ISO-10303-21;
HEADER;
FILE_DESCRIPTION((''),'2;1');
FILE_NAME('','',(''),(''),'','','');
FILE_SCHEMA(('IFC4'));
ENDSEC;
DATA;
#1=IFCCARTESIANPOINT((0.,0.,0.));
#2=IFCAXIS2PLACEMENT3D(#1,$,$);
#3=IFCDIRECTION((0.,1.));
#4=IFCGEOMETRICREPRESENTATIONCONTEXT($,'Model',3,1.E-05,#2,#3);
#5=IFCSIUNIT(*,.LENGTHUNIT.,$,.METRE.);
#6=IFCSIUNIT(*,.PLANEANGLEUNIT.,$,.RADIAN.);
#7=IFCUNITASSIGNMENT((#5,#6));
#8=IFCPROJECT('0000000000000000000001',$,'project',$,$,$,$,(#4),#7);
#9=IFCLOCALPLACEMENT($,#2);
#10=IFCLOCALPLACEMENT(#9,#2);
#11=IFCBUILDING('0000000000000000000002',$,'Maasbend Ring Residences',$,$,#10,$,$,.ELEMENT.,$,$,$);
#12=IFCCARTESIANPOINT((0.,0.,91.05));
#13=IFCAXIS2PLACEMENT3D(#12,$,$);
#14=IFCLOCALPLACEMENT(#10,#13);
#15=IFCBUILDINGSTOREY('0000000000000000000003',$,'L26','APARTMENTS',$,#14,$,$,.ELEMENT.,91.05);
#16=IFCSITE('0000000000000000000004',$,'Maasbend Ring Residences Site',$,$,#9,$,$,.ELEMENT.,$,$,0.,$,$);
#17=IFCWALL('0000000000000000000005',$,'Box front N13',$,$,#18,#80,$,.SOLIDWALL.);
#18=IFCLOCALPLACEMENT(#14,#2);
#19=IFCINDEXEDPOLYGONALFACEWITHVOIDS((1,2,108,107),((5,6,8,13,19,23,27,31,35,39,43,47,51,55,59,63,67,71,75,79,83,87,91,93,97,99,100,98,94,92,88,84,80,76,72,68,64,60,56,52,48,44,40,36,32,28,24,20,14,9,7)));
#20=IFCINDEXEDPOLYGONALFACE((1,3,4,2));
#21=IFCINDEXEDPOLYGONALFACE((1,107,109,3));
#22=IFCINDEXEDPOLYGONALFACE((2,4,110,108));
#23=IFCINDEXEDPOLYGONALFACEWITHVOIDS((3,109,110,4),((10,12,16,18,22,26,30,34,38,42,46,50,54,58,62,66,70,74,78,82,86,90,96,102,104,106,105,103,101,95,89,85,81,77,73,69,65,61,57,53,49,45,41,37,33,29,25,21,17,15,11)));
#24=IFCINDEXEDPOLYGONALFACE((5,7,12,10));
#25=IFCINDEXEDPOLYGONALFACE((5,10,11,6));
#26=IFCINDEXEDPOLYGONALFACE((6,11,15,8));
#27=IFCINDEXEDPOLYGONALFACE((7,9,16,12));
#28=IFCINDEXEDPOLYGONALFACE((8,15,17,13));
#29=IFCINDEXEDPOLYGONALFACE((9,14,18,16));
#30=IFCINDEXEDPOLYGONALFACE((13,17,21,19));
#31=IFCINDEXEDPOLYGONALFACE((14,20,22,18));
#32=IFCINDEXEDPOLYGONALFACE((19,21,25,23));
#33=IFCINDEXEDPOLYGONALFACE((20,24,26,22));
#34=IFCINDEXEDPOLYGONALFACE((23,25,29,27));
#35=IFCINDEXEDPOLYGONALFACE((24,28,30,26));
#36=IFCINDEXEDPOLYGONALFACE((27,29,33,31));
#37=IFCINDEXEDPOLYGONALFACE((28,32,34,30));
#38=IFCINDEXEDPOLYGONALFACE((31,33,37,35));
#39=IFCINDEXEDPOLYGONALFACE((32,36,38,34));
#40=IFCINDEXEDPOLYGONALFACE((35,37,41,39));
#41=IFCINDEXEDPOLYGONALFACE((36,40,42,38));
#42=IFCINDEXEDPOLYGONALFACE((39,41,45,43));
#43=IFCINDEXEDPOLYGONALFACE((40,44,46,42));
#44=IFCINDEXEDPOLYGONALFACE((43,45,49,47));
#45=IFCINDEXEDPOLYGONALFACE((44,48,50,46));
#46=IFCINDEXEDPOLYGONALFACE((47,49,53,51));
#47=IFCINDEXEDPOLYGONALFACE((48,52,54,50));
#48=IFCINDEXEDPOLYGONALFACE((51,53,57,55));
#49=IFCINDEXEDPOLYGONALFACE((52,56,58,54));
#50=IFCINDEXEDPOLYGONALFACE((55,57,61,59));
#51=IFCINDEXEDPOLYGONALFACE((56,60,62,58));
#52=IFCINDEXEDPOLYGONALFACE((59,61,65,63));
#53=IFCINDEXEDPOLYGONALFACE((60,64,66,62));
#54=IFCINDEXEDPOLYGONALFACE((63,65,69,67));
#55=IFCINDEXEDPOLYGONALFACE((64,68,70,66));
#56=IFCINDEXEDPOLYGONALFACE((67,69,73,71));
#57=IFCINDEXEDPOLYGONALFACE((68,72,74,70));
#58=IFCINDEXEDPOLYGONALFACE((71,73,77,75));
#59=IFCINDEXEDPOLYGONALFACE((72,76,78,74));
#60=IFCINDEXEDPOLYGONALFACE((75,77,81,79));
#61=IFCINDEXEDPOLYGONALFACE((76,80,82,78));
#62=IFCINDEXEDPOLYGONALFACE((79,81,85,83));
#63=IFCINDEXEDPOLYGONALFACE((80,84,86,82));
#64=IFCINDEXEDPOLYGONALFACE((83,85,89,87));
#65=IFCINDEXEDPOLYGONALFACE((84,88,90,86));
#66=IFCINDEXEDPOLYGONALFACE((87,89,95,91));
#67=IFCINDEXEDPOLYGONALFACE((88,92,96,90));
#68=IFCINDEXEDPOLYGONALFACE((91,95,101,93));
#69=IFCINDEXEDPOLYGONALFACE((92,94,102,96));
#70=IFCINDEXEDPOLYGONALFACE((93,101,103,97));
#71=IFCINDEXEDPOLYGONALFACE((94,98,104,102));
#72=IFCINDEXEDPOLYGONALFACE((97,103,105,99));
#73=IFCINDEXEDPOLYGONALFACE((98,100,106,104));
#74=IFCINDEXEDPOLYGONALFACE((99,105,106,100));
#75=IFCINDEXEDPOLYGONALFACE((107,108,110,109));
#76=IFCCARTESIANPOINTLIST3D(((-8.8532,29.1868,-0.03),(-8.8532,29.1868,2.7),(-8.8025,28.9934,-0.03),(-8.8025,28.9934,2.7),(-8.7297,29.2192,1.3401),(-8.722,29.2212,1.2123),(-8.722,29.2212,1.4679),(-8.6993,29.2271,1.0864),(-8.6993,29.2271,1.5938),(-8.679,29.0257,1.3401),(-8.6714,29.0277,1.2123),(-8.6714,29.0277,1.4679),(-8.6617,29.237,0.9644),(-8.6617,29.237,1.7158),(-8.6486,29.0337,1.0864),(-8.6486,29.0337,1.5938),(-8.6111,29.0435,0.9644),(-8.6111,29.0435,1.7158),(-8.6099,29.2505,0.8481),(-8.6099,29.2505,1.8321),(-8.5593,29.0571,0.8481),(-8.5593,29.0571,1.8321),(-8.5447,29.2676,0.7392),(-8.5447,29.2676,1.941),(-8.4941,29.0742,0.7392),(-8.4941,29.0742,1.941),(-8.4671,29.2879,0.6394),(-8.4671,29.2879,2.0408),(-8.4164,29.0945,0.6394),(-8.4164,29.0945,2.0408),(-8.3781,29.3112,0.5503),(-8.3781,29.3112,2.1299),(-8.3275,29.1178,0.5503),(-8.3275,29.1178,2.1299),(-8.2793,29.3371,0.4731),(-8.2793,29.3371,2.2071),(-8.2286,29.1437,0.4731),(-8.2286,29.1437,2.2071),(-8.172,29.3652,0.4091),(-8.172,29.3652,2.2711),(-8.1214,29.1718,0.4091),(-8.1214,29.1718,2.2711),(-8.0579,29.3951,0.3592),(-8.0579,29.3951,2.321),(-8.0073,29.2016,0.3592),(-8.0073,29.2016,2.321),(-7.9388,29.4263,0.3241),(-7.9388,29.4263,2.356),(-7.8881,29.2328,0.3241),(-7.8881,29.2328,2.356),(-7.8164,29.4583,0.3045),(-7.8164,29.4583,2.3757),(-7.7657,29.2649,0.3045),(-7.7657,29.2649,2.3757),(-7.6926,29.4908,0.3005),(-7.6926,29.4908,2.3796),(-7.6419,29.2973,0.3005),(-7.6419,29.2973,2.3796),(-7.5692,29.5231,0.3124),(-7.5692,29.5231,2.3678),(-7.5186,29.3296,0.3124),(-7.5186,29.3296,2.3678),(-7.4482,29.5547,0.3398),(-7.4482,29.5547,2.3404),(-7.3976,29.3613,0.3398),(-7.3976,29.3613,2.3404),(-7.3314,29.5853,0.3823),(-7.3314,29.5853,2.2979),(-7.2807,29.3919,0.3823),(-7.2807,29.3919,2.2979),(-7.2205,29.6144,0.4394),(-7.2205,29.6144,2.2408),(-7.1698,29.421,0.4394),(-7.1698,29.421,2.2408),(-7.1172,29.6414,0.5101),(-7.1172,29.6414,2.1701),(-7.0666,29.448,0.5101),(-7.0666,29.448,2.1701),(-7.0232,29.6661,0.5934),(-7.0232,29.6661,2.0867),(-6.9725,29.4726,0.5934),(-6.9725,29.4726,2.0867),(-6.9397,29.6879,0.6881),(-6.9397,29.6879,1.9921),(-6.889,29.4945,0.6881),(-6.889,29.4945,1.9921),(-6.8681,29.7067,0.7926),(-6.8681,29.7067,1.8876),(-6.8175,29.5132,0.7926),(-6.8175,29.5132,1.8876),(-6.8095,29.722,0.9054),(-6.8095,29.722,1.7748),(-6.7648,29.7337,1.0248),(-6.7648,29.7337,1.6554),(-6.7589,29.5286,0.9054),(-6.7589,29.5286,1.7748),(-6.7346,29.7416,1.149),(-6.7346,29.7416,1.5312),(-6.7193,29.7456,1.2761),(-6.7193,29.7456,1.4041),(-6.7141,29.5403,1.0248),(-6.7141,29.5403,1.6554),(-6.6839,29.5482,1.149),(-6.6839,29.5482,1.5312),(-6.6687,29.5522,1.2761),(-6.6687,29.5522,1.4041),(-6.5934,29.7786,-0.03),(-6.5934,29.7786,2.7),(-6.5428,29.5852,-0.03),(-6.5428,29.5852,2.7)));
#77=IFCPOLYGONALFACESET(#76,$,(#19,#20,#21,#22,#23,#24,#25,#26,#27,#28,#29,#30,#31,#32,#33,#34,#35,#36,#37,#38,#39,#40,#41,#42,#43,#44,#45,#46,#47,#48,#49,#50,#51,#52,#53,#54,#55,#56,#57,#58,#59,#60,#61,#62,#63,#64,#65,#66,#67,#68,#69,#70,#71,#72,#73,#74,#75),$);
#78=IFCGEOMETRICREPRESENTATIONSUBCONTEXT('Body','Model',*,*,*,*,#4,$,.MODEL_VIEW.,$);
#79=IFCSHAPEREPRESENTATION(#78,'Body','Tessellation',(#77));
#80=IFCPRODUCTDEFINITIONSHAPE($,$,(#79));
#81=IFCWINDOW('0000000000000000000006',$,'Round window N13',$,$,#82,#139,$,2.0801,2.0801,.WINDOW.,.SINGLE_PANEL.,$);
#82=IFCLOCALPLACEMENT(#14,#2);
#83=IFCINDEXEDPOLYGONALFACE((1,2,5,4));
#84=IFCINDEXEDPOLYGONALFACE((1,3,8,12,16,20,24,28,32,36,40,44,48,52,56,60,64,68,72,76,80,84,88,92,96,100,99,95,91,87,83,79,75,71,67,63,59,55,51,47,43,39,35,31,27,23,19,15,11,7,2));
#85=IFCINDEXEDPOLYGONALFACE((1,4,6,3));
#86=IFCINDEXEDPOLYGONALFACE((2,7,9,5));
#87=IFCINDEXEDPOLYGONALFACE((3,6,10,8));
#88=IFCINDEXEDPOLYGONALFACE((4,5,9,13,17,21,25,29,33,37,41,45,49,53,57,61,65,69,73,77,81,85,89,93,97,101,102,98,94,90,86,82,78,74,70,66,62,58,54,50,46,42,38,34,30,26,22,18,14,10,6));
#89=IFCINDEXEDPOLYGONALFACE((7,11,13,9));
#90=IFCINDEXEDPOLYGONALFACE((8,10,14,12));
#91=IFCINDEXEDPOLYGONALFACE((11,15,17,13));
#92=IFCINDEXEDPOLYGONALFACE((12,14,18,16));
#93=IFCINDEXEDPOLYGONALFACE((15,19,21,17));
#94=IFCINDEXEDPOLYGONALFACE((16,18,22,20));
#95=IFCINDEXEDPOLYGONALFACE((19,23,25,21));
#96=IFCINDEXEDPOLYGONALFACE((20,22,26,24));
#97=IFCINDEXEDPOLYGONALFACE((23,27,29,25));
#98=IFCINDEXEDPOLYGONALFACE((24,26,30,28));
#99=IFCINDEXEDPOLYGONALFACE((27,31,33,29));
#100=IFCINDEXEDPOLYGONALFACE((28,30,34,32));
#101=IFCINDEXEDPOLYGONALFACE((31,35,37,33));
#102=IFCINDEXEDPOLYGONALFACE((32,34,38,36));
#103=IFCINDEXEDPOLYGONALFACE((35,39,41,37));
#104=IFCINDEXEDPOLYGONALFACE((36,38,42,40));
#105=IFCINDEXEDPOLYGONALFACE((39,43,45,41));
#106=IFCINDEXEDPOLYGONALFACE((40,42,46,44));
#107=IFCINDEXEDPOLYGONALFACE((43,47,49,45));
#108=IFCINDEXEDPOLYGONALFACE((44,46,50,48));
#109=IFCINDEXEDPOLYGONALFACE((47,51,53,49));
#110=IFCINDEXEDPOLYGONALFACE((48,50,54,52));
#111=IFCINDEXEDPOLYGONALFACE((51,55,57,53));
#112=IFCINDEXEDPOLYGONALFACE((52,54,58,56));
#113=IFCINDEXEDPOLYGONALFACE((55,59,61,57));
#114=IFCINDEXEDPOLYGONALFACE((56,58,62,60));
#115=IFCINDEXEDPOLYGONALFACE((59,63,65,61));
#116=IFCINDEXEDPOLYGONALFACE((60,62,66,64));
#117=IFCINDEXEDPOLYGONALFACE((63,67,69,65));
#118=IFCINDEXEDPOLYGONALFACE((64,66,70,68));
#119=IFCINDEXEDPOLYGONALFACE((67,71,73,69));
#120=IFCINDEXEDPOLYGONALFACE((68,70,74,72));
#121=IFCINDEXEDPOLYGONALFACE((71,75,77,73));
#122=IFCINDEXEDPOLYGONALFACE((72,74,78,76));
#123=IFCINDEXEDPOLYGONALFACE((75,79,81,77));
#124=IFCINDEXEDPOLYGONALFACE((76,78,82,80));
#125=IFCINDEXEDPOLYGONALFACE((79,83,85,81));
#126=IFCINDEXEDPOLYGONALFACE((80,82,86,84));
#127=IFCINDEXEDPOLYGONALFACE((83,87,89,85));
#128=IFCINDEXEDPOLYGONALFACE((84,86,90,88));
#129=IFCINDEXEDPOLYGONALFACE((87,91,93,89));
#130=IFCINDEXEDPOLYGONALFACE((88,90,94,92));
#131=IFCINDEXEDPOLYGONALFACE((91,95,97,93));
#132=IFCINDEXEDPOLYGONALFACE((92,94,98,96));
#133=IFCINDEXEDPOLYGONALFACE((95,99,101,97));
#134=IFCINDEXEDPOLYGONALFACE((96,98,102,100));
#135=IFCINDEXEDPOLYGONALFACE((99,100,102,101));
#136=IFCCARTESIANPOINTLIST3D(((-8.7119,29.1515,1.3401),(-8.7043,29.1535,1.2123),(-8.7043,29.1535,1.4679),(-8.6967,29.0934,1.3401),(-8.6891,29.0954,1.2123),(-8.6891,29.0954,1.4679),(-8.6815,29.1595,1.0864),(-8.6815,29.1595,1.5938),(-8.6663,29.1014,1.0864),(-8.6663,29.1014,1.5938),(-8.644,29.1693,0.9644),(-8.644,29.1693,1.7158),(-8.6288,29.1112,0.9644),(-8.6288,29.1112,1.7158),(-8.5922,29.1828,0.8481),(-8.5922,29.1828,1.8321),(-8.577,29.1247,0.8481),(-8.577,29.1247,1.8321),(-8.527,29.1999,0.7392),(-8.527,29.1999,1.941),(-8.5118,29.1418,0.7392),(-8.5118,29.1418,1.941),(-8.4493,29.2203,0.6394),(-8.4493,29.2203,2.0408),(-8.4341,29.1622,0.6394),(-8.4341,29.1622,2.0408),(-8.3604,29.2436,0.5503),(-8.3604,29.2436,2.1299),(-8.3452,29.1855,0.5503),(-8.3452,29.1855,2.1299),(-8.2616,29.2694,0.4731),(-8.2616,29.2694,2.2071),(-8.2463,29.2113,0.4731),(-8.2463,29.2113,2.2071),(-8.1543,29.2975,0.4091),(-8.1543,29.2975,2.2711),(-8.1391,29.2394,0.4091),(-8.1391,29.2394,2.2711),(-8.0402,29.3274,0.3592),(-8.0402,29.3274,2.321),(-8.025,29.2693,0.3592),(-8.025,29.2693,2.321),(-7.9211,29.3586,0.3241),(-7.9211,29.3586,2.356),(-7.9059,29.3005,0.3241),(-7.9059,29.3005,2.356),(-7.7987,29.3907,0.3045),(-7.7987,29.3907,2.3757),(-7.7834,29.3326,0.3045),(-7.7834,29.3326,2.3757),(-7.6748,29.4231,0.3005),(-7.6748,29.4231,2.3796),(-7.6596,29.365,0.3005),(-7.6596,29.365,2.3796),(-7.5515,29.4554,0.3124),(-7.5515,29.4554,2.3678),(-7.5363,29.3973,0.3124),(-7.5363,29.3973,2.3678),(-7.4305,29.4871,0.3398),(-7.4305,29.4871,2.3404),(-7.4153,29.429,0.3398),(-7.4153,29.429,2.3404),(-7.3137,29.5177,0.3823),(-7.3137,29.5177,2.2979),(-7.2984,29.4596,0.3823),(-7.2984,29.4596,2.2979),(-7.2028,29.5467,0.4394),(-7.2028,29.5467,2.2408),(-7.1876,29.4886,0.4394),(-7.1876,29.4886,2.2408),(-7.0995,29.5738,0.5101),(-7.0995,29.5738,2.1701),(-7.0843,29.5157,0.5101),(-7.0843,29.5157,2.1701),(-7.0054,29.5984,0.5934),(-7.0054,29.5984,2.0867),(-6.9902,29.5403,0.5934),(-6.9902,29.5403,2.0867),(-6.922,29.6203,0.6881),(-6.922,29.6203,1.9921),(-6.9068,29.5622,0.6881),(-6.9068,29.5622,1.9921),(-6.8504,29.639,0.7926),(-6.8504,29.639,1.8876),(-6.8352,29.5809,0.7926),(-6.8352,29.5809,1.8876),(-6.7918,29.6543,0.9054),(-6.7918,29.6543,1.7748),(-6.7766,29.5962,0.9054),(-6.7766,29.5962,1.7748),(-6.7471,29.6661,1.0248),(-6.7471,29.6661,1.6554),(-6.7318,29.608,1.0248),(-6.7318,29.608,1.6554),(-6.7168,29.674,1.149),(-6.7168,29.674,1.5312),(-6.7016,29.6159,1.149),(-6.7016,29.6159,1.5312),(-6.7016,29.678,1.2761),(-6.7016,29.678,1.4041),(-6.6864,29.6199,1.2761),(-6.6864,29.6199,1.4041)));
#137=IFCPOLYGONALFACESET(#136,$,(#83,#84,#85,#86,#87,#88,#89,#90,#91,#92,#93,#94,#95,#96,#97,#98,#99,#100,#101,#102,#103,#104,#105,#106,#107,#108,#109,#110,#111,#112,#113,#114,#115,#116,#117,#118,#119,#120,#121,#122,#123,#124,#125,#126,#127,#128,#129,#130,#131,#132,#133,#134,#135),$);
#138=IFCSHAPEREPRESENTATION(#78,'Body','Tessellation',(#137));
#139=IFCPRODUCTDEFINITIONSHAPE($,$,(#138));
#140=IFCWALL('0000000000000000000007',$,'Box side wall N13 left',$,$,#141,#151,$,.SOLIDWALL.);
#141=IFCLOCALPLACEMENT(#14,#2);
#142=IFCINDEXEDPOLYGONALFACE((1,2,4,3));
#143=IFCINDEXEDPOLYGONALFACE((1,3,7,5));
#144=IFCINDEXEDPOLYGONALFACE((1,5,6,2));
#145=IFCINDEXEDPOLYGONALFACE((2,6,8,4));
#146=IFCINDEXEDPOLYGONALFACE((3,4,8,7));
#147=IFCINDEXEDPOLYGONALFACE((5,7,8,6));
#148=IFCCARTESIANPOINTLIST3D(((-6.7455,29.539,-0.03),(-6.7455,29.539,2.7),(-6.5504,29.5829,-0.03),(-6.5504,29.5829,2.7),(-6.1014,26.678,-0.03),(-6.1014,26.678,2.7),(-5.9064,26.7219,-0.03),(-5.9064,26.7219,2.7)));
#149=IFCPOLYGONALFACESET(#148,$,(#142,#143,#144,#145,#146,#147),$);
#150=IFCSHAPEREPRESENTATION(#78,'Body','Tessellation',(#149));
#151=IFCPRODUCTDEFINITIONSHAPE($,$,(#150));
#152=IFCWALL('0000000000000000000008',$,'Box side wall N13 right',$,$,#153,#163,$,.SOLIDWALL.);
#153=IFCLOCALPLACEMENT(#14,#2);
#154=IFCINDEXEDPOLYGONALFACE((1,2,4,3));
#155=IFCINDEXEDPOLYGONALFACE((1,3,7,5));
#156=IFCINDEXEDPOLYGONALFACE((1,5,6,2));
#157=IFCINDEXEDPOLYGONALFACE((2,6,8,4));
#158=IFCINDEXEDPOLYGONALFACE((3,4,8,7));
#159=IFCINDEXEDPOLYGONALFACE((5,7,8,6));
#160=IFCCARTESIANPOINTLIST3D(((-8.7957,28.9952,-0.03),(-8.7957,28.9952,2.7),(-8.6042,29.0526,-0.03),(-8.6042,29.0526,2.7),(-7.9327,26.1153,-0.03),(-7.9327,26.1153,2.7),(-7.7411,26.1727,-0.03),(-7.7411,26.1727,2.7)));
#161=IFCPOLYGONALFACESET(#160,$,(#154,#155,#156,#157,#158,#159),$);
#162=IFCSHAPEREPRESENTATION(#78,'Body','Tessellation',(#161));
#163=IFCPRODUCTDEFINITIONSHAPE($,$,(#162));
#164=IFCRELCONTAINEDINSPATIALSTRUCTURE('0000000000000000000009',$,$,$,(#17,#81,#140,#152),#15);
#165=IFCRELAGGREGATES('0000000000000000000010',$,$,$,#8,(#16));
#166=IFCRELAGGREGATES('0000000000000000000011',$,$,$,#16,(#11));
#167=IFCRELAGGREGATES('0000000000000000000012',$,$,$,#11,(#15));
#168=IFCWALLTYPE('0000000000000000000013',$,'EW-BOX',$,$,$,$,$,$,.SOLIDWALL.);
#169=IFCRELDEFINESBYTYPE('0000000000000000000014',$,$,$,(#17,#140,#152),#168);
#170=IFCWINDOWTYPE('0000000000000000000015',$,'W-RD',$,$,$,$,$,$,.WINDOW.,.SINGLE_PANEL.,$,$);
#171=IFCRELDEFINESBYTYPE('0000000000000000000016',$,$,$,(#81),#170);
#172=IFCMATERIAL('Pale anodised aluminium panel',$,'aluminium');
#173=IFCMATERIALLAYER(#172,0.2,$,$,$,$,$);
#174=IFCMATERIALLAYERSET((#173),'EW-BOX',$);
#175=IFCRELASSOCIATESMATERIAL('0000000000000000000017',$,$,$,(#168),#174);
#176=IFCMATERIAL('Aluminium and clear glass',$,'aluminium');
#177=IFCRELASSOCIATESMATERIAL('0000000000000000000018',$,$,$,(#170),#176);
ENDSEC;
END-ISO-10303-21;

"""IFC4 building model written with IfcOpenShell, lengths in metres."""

from ifc_helpers import new_model, si_unit, direction, frame, frame_2d, origin, place, context, subcontext, project, spatial, rectangle, circle, extrude, material, layer, layer_set, type_object, element, fill, save


model = new_model("IFC4")

# Units and contexts
model_context = context("Model", 3, precision=1e-05, world=origin(), true_north=direction((0.0, 1.0)))
body_context = subcontext(model_context, "Body", "Model", "MODEL_VIEW")
ifc_project = project(units=[si_unit("LENGTHUNIT", "METRE"), si_unit("PLANEANGLEUNIT", "RADIAN")], contexts=[model_context])

# Site, building, storey
site_placement = place(None, origin())
site = spatial("IfcSite", under=ifc_project, at=site_placement, Name="Maasbend Ring Residences Site", CompositionType="ELEMENT", RefElevation=0.0)
building_placement = place(site_placement, origin())
building = spatial("IfcBuilding", under=site, at=building_placement, Name="Maasbend Ring Residences", CompositionType="ELEMENT")
storey_placement = place(building_placement, frame((0.0, 0.0, 91.05)))
storey = spatial("IfcBuildingStorey", under=building, at=storey_placement, Name="L26", Description="APARTMENTS", CompositionType="ELEMENT", Elevation=91.05)

# Shared definitions
ifc_material_1 = material(Name="Pale anodised aluminium panel", Category="aluminium")
ifc_layer_1 = layer(ifc_material_1, 0.2)
ifc_layer_set_1 = layer_set([ifc_layer_1], Name="EW-BOX")
wall_type_1 = type_object("IfcWallType", Name="EW-BOX", PredefinedType="SOLIDWALL", material=ifc_layer_set_1)

# Wall, opening, window
wall_1_placement = place(storey_placement, frame((-6.5681, 29.6819, -0.03), z_axis=(0.0, 0.0, 1.0), x_axis=(-0.967377, -0.253341, 0.0)))
wall_1 = element("IfcWall", 1, at=wall_1_placement, inside=storey, type_object=wall_type_1, Name="Box front N13", PredefinedType="SOLIDWALL", context=body_context, shape_type="SweptSolid", body=[
    extrude(rectangle(XDim=2.3359, YDim=0.2, at=frame_2d((1.168, 0.0))), origin(), (0.0, 0.0, 1.0), 2.73),
])
opening_1_placement = place(wall_1_placement, frame((0.1282, 0.0, 0.3301)))
opening_1 = element("IfcOpeningElement", 2, at=opening_1_placement, cuts=wall_1, PredefinedType="OPENING", context=body_context, shape_type="SweptSolid", body=[
    extrude(circle(Radius=1.04, at=frame_2d((1.04, 1.04))), frame((0.0, 0.1099, 0.0), z_axis=(0.0, -1.0, 0.0), x_axis=(1.0, 0.0, 0.0)), (0.0, 0.0, 1.0), 0.22),
])
ifc_material_2 = material(Name="Aluminium and clear glass", Category="aluminium")
window_type_1 = type_object("IfcWindowType", Name="W-RD", PartitioningType="SINGLE_PANEL", PredefinedType="WINDOW", material=ifc_material_2)
window_1_placement = place(opening_1_placement, origin())
window_1 = element("IfcWindow", 3, at=window_1_placement, inside=storey, type_object=window_type_1, Name="Round window N13", OverallHeight=2.0801, OverallWidth=2.0801, PartitioningType="SINGLE_PANEL", PredefinedType="WINDOW", context=body_context, shape_type="SweptSolid", body=[
    extrude(circle(Radius=1.04, at=frame_2d((1.04, 1.04))), frame((0.0, 0.03, 0.0), z_axis=(0.0, -1.0, 0.0), x_axis=(1.0, 0.0, 0.0)), (0.0, 0.0, 1.0), 0.0601),
])
fill(opening_1, window_1)

# Walls
wall_2_placement = place(storey_placement, frame((-6.0039, 26.7, -0.03), z_axis=(0.0, 0.0, 1.0), x_axis=(-0.219609, 0.975588, 0.0)))
element("IfcWall", 4, at=wall_2_placement, inside=storey, type_object=wall_type_1, Name="Box side wall N13 left", PredefinedType="SOLIDWALL", context=body_context, shape_type="SweptSolid", body=[
    extrude(rectangle(XDim=2.9326, YDim=0.2, at=frame_2d((1.4663, 0.0))), origin(), (0.0, 0.0, 1.0), 2.73),
])
wall_3_placement = place(storey_placement, frame((-7.8369, 26.144, -0.03), z_axis=(0.0, 0.0, 1.0), x_axis=(-0.287065, 0.957911, 0.0)))
element("IfcWall", 5, at=wall_3_placement, inside=storey, type_object=wall_type_1, Name="Box side wall N13 right", PredefinedType="SOLIDWALL", context=body_context, shape_type="SweptSolid", body=[
    extrude(rectangle(XDim=3.0063, YDim=0.2, at=frame_2d((1.5032, 0.0))), origin(), (0.0, 0.0, 1.0), 2.73),
])

save(model, "model.ifc")
